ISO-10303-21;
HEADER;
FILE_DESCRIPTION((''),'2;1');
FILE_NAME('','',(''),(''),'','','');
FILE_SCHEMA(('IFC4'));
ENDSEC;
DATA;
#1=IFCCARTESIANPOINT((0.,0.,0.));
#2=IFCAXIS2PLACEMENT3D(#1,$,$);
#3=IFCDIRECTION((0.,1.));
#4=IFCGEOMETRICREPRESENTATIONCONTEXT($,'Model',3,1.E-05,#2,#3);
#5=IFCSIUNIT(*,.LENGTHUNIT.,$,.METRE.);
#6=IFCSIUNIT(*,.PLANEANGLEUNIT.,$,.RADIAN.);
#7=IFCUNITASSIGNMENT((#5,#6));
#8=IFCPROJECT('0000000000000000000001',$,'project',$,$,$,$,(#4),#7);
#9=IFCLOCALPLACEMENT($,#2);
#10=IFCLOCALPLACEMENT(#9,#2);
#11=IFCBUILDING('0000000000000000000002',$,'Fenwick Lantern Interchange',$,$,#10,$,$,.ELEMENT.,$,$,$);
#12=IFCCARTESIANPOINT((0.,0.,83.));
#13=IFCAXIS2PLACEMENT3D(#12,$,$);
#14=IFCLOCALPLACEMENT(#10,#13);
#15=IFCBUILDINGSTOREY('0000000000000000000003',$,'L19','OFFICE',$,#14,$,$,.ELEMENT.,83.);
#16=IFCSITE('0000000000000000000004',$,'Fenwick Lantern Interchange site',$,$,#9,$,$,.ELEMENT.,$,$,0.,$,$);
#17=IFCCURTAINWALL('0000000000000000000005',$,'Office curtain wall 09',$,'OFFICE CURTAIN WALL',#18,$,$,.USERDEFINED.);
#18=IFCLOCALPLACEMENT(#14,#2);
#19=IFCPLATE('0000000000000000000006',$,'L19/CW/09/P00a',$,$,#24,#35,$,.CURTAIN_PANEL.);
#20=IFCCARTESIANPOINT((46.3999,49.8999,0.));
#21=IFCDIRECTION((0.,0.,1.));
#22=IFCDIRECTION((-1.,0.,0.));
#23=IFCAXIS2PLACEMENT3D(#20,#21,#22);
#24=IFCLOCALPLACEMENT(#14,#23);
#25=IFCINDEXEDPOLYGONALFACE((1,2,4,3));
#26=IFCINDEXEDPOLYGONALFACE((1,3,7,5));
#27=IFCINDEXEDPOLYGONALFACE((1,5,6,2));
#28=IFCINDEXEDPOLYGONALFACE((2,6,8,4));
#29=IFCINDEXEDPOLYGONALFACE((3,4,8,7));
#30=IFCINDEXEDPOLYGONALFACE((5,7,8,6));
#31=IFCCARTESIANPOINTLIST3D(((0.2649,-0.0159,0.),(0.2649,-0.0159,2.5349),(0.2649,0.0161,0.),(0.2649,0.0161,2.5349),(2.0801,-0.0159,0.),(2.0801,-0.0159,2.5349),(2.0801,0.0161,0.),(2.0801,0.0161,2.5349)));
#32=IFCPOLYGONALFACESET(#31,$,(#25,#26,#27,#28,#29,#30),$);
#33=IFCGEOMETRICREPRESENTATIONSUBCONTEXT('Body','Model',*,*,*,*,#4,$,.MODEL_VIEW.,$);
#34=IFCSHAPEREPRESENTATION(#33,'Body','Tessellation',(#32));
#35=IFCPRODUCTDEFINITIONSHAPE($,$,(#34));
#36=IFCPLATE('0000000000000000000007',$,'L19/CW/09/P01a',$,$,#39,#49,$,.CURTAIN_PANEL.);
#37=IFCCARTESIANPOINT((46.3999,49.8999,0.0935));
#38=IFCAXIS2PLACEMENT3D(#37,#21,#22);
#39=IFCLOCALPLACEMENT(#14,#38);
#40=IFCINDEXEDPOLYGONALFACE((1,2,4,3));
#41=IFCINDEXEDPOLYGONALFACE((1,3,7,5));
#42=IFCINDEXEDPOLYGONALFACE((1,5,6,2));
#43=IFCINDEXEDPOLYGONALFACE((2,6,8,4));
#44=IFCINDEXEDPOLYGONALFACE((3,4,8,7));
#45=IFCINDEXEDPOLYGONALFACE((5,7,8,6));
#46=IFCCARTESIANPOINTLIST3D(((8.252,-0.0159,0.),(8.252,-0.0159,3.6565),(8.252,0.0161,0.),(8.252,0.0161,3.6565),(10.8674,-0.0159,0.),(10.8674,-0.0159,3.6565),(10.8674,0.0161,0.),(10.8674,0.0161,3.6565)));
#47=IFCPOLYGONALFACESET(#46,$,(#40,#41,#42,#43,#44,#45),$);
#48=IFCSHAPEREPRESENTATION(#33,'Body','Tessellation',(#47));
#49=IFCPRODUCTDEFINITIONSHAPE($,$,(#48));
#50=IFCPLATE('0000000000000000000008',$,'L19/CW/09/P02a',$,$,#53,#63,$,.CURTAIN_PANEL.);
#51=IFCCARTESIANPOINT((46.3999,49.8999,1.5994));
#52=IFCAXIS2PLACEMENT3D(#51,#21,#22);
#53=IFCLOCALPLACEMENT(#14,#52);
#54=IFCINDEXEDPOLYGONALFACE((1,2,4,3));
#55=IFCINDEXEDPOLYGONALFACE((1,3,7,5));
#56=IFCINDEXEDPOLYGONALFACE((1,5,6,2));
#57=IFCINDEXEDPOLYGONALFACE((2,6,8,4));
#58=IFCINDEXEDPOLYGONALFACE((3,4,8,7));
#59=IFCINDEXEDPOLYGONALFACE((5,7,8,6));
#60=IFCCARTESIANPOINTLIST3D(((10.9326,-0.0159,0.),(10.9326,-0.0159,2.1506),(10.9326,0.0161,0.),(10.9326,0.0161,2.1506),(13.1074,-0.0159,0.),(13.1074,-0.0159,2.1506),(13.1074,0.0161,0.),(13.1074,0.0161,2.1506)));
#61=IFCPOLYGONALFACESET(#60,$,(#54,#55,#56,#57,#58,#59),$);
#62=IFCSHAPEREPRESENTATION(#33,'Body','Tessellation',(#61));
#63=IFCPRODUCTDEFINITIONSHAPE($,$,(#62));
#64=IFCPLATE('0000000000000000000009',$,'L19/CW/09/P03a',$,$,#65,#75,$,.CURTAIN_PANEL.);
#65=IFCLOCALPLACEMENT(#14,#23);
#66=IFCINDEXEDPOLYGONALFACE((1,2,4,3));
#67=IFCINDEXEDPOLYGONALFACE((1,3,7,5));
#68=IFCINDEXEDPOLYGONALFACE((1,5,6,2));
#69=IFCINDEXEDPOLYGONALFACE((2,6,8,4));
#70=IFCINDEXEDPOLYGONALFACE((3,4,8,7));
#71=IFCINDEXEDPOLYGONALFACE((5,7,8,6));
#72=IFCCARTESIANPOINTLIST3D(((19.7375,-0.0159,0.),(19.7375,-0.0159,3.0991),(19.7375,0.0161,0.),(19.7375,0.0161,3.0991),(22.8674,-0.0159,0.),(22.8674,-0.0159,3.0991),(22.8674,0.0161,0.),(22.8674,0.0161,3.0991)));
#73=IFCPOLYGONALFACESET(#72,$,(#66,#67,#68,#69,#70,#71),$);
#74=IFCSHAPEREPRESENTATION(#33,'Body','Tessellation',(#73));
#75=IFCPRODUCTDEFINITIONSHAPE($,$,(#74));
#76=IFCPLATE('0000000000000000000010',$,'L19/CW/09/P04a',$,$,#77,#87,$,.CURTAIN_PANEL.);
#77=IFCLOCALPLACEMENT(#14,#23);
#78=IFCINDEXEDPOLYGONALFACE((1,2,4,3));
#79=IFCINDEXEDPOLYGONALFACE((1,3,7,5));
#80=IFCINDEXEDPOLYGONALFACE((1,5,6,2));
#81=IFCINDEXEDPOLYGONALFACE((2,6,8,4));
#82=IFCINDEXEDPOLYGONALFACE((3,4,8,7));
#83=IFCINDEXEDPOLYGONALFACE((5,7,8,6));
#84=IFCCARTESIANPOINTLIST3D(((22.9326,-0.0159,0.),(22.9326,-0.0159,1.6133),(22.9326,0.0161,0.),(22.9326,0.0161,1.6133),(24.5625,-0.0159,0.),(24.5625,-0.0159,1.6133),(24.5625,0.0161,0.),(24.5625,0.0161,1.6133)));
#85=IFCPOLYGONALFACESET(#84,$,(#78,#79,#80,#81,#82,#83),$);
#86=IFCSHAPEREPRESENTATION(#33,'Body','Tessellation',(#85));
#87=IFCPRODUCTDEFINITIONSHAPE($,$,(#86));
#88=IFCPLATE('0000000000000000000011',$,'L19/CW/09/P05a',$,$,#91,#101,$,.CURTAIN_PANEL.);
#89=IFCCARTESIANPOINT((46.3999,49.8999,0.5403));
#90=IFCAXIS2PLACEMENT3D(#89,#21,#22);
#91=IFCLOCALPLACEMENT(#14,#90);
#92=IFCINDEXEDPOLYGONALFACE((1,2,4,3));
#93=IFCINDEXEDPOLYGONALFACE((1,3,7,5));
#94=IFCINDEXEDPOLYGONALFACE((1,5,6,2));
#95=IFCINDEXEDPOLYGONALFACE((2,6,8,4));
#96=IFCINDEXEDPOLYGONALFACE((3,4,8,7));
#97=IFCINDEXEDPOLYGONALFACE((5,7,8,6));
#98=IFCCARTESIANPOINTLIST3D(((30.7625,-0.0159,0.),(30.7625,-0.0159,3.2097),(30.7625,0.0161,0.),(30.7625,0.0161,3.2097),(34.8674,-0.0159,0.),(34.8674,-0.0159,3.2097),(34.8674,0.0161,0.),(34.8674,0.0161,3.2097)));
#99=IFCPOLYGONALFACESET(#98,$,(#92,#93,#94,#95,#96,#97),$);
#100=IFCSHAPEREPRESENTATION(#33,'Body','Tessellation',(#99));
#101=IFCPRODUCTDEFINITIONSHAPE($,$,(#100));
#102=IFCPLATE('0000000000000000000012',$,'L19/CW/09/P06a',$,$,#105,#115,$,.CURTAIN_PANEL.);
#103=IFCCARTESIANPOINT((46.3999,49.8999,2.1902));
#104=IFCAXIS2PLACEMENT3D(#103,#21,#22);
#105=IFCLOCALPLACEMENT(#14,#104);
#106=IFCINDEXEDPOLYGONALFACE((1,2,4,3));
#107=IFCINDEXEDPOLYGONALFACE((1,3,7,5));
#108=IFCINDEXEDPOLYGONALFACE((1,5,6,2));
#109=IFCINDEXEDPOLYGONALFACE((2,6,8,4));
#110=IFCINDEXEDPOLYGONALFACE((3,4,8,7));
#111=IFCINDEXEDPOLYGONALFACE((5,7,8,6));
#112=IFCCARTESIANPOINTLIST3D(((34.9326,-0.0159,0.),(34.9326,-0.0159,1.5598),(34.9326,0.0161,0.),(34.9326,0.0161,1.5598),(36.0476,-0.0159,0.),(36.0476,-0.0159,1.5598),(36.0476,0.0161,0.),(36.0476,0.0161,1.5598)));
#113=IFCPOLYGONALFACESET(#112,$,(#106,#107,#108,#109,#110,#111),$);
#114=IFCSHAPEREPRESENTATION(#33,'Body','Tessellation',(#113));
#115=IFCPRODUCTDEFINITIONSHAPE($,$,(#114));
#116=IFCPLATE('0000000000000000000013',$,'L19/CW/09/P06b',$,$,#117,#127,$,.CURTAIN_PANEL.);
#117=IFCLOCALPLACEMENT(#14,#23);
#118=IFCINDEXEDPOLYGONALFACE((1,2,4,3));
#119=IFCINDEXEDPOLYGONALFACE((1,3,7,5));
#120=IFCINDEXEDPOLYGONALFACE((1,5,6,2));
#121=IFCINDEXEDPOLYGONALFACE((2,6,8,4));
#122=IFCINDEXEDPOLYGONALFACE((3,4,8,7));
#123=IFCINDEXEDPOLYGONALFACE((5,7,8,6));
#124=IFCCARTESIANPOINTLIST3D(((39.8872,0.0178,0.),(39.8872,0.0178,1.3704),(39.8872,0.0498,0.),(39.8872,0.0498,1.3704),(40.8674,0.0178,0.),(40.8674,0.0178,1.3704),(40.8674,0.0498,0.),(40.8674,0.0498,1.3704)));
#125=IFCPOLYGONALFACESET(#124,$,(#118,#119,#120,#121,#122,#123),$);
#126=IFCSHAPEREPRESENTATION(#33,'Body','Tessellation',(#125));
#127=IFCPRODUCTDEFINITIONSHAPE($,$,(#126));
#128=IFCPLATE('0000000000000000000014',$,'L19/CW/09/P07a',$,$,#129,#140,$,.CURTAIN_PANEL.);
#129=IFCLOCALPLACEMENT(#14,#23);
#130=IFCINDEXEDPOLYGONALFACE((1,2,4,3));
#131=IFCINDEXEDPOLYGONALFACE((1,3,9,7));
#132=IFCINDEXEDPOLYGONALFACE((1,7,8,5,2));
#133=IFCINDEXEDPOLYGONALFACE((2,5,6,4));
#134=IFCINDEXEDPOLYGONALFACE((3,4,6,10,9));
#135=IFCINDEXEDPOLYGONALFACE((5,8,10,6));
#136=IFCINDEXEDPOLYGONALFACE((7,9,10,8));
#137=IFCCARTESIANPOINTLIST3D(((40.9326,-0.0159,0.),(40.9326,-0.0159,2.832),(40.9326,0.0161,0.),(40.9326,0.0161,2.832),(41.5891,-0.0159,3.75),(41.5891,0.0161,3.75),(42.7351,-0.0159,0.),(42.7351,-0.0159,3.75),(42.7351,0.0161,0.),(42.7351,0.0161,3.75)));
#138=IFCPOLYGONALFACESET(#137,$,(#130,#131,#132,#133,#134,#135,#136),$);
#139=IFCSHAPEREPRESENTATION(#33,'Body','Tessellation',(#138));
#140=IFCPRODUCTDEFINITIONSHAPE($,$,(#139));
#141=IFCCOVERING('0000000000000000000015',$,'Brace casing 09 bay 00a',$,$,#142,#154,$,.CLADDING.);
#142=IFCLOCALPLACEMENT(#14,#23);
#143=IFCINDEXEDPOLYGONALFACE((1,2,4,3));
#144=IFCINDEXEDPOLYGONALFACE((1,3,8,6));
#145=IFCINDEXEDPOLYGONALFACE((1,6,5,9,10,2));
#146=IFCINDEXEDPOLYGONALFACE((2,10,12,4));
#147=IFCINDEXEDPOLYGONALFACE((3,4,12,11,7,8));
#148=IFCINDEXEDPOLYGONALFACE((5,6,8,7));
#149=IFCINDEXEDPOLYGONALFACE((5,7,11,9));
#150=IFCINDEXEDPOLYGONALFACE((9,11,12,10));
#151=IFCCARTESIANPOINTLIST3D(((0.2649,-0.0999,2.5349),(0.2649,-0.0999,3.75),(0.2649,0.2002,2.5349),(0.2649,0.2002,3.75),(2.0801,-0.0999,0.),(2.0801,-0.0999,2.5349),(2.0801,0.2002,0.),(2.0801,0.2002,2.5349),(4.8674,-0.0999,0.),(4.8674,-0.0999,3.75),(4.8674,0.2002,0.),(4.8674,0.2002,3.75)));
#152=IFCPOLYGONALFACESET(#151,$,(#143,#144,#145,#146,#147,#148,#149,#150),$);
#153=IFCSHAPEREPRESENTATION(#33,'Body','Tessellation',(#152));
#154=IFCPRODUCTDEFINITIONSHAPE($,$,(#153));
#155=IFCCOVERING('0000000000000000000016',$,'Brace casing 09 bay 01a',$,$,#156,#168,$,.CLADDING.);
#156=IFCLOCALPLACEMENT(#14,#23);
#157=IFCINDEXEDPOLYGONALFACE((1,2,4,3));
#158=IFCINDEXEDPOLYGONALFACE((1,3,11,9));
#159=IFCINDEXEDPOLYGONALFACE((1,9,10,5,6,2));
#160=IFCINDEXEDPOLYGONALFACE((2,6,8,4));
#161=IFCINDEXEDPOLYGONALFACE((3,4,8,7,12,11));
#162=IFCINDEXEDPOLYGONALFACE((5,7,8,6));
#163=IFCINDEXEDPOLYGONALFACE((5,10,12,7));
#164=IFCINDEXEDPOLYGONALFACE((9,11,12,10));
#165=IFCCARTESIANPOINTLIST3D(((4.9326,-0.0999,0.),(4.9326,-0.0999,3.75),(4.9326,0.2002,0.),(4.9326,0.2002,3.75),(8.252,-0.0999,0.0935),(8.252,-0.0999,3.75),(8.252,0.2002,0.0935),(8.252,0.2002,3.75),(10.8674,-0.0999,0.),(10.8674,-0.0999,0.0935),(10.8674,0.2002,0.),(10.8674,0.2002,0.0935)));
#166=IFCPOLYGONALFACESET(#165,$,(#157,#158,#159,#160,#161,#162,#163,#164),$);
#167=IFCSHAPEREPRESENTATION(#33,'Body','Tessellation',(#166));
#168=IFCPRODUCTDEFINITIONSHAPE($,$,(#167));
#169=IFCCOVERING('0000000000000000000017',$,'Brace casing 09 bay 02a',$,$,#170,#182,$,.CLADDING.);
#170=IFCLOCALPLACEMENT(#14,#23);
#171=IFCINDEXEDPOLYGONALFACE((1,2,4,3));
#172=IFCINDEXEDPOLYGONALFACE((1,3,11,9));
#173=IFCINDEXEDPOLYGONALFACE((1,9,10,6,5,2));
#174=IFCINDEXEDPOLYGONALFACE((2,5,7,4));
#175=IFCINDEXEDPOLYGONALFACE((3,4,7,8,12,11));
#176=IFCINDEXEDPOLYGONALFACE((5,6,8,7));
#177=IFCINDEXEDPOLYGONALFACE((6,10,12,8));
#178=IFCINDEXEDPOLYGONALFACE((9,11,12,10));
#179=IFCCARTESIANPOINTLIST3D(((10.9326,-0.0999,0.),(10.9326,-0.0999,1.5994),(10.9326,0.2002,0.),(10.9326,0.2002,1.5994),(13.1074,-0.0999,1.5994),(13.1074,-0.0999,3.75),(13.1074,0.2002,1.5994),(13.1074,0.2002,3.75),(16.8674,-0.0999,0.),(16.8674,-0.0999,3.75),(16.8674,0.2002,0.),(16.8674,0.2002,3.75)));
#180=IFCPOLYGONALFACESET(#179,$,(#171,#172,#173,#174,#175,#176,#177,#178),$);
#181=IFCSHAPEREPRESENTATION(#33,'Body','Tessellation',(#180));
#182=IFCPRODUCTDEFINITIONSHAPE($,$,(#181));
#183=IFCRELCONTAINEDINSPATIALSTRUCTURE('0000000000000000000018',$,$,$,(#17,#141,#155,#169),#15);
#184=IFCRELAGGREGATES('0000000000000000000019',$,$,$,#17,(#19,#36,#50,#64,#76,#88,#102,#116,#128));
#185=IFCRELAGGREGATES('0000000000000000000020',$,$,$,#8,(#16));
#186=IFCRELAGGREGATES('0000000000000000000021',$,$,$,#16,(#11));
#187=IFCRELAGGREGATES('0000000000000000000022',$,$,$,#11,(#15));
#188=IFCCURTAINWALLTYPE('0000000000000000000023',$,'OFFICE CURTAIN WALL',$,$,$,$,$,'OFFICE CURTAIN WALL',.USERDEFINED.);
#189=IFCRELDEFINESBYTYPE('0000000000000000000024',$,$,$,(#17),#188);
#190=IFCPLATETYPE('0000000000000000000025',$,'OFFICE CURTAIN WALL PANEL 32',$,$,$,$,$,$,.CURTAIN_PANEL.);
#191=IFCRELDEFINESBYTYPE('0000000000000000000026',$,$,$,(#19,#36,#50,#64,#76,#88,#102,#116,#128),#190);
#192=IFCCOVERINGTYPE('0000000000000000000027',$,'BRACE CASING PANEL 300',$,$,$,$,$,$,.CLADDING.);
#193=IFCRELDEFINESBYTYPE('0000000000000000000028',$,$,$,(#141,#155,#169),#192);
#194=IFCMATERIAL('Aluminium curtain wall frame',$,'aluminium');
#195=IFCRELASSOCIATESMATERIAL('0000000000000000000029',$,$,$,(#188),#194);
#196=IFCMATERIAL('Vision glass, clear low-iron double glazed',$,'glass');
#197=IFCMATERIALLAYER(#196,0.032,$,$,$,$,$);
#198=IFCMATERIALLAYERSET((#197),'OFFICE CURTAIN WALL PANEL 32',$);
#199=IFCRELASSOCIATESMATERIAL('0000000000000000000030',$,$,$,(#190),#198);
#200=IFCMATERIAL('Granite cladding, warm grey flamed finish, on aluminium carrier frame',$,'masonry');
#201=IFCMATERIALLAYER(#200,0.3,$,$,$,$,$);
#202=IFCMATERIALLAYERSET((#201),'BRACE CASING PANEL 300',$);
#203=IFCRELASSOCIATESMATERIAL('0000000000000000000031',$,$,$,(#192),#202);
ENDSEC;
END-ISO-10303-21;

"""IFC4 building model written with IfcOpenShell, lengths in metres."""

from ifc_helpers import new_model, si_unit, direction, frame, origin, place, context, subcontext, project, spatial, polyline, outline, extrude, material, layer, layer_set, type_object, element, aggregate, save


model = new_model("IFC4")

# Units and contexts
model_context = context("Model", 3, precision=1e-05, world=origin(), true_north=direction((0.0, 1.0)))
body_context = subcontext(model_context, "Body", "Model", "MODEL_VIEW")
ifc_project = project(units=[si_unit("LENGTHUNIT", "METRE"), si_unit("PLANEANGLEUNIT", "RADIAN")], contexts=[model_context])

# Site, building, storey
site_placement = place(None, origin())
site = spatial("IfcSite", under=ifc_project, at=site_placement, Name="Fenwick Lantern Interchange site", CompositionType="ELEMENT", RefElevation=0.0)
building_placement = place(site_placement, origin())
building = spatial("IfcBuilding", under=site, at=building_placement, Name="Fenwick Lantern Interchange", CompositionType="ELEMENT")
storey_placement = place(building_placement, frame((0.0, 0.0, 83.0)))
storey = spatial("IfcBuildingStorey", under=building, at=storey_placement, Name="L19", Description="OFFICE", CompositionType="ELEMENT", Elevation=83.0)

# Shared definitions
ifc_material_1 = material(Name="Aluminium curtain wall frame", Category="aluminium")
curtain_wall_type = type_object("IfcCurtainWallType", Name="OFFICE CURTAIN WALL", ElementType="OFFICE CURTAIN WALL", PredefinedType="USERDEFINED", material=ifc_material_1)

# Curtain wall
curtain_wall_1_placement = place(storey_placement, origin())
curtain_wall_1 = element("IfcCurtainWall", 1, at=curtain_wall_1_placement, inside=storey, type_object=curtain_wall_type, Name="Office curtain wall 09", ObjectType="OFFICE CURTAIN WALL", PredefinedType="USERDEFINED")

# Plates
ifc_material_2 = material(Name="Vision glass, clear low-iron double glazed", Category="glass")
ifc_layer_1 = layer(ifc_material_2, 0.032)
ifc_layer_set_1 = layer_set([ifc_layer_1], Name="OFFICE CURTAIN WALL PANEL 32")
plate_type = type_object("IfcPlateType", Name="OFFICE CURTAIN WALL PANEL 32", PredefinedType="CURTAIN_PANEL", material=ifc_layer_set_1)
plate_1_placement = place(storey_placement, frame((46.3999, 49.8999, 0.0), z_axis=(0.0, 0.0, 1.0), x_axis=(-1.0, 0.0, 0.0)))
plate_1 = element("IfcPlate", 2, at=plate_1_placement, type_object=plate_type, Name="L19/CW/09/P00a", PredefinedType="CURTAIN_PANEL", context=body_context, shape_type="SweptSolid", body=[
    extrude(outline(polyline([(0.2649, 0.0), (2.0801, 0.0), (2.0801, 2.5349), (0.2649, 2.5349), (0.2649, 0.0)])), frame((0.0, 0.0161, 0.0), z_axis=(0.0, -1.0, 0.0), x_axis=(1.0, 0.0, 0.0)), (0.0, 0.0, 1.0), 0.032),
])
plate_2_placement = place(storey_placement, frame((46.3999, 49.8999, 0.0935), z_axis=(0.0, 0.0, 1.0), x_axis=(-1.0, 0.0, 0.0)))
plate_2 = element("IfcPlate", 3, at=plate_2_placement, type_object=plate_type, Name="L19/CW/09/P01a", PredefinedType="CURTAIN_PANEL", context=body_context, shape_type="SweptSolid", body=[
    extrude(outline(polyline([(8.252, 0.0), (10.8674, 0.0), (10.8674, 3.6565), (8.252, 3.6565), (8.252, 0.0)])), frame((0.0, 0.0161, 0.0), z_axis=(0.0, -1.0, 0.0), x_axis=(1.0, 0.0, 0.0)), (0.0, 0.0, 1.0), 0.032),
])
plate_3_placement = place(storey_placement, frame((46.3999, 49.8999, 1.5994), z_axis=(0.0, 0.0, 1.0), x_axis=(-1.0, 0.0, 0.0)))
plate_3 = element("IfcPlate", 4, at=plate_3_placement, type_object=plate_type, Name="L19/CW/09/P02a", PredefinedType="CURTAIN_PANEL", context=body_context, shape_type="SweptSolid", body=[
    extrude(outline(polyline([(10.9326, 0.0), (13.1074, 0.0), (13.1074, 2.1506), (10.9326, 2.1506), (10.9326, 0.0)])), frame((0.0, 0.0161, 0.0), z_axis=(0.0, -1.0, 0.0), x_axis=(1.0, 0.0, 0.0)), (0.0, 0.0, 1.0), 0.032),
])
plate_4_placement = place(storey_placement, frame((46.3999, 49.8999, 0.0), z_axis=(0.0, 0.0, 1.0), x_axis=(-1.0, 0.0, 0.0)))
plate_4 = element("IfcPlate", 5, at=plate_4_placement, type_object=plate_type, Name="L19/CW/09/P03a", PredefinedType="CURTAIN_PANEL", context=body_context, shape_type="SweptSolid", body=[
    extrude(outline(polyline([(19.7375, 0.0), (22.8674, 0.0), (22.8674, 3.0991), (19.7375, 3.0991), (19.7375, 0.0)])), frame((0.0, 0.0161, 0.0), z_axis=(0.0, -1.0, 0.0), x_axis=(1.0, 0.0, 0.0)), (0.0, 0.0, 1.0), 0.032),
])
plate_5_placement = place(storey_placement, frame((46.3999, 49.8999, 0.0), z_axis=(0.0, 0.0, 1.0), x_axis=(-1.0, 0.0, 0.0)))
plate_5 = element("IfcPlate", 6, at=plate_5_placement, type_object=plate_type, Name="L19/CW/09/P04a", PredefinedType="CURTAIN_PANEL", context=body_context, shape_type="SweptSolid", body=[
    extrude(outline(polyline([(22.9326, 0.0), (24.5625, 0.0), (24.5625, 1.6133), (22.9326, 1.6133), (22.9326, 0.0)])), frame((0.0, 0.0161, 0.0), z_axis=(0.0, -1.0, 0.0), x_axis=(1.0, 0.0, 0.0)), (0.0, 0.0, 1.0), 0.032),
])
plate_6_placement = place(storey_placement, frame((46.3999, 49.8999, 0.5403), z_axis=(0.0, 0.0, 1.0), x_axis=(-1.0, 0.0, 0.0)))
plate_6 = element("IfcPlate", 7, at=plate_6_placement, type_object=plate_type, Name="L19/CW/09/P05a", PredefinedType="CURTAIN_PANEL", context=body_context, shape_type="SweptSolid", body=[
    extrude(outline(polyline([(30.7625, 0.0), (34.8674, 0.0), (34.8674, 3.2097), (30.7625, 3.2097), (30.7625, 0.0)])), frame((0.0, 0.0161, 0.0), z_axis=(0.0, -1.0, 0.0), x_axis=(1.0, 0.0, 0.0)), (0.0, 0.0, 1.0), 0.032),
])
plate_7_placement = place(storey_placement, frame((46.3999, 49.8999, 2.1902), z_axis=(0.0, 0.0, 1.0), x_axis=(-1.0, 0.0, 0.0)))
plate_7 = element("IfcPlate", 8, at=plate_7_placement, type_object=plate_type, Name="L19/CW/09/P06a", PredefinedType="CURTAIN_PANEL", context=body_context, shape_type="SweptSolid", body=[
    extrude(outline(polyline([(34.9326, 0.0), (36.0476, 0.0), (36.0476, 1.5598), (34.9326, 1.5598), (34.9326, 0.0)])), frame((0.0, 0.0161, 0.0), z_axis=(0.0, -1.0, 0.0), x_axis=(1.0, 0.0, 0.0)), (0.0, 0.0, 1.0), 0.032),
])
plate_8_placement = place(storey_placement, frame((46.3999, 49.8999, 0.0), z_axis=(0.0, 0.0, 1.0), x_axis=(-1.0, 0.0, 0.0)))
plate_8 = element("IfcPlate", 9, at=plate_8_placement, type_object=plate_type, Name="L19/CW/09/P06b", PredefinedType="CURTAIN_PANEL", context=body_context, shape_type="SweptSolid", body=[
    extrude(outline(polyline([(39.8872, 0.0), (40.8674, 0.0), (40.8674, 1.3704), (39.8872, 1.3704), (39.8872, 0.0)])), frame((0.0, 0.0498, 0.0), z_axis=(0.0, -1.0, 0.0), x_axis=(1.0, 0.0, 0.0)), (0.0, 0.0, 1.0), 0.032),
])
plate_9_placement = place(storey_placement, frame((46.3999, 49.8999, 0.0), z_axis=(0.0, 0.0, 1.0), x_axis=(-1.0, 0.0, 0.0)))
plate_9 = element("IfcPlate", 10, at=plate_9_placement, type_object=plate_type, Name="L19/CW/09/P07a", PredefinedType="CURTAIN_PANEL", context=body_context, shape_type="SweptSolid", body=[
    extrude(outline(polyline([(40.9326, 0.0), (42.7351, 0.0), (42.7351, 3.75), (41.5891, 3.75), (40.9326, 2.832), (40.9326, 0.0)])), frame((0.0, 0.0161, 0.0), z_axis=(0.0, -1.0, 0.0), x_axis=(1.0, 0.0, 0.0)), (0.0, 0.0, 1.0), 0.032),
])
aggregate(curtain_wall_1, [plate_1, plate_2, plate_3, plate_4, plate_5, plate_6, plate_7, plate_8, plate_9])

# Coverings
ifc_material_3 = material(Name="Granite cladding, warm grey flamed finish, on aluminium carrier frame", Category="masonry")
ifc_layer_2 = layer(ifc_material_3, 0.3)
ifc_layer_set_2 = layer_set([ifc_layer_2], Name="BRACE CASING PANEL 300")
covering_type = type_object("IfcCoveringType", Name="BRACE CASING PANEL 300", PredefinedType="CLADDING", material=ifc_layer_set_2)
covering_1_placement = place(storey_placement, frame((46.3999, 49.8999, 0.0), z_axis=(0.0, 0.0, 1.0), x_axis=(-1.0, 0.0, 0.0)))
element("IfcCovering", 11, at=covering_1_placement, inside=storey, type_object=covering_type, Name="Brace casing 09 bay 00a", PredefinedType="CLADDING", context=body_context, shape_type="SweptSolid", body=[
    extrude(outline(polyline([(2.0801, 0.0), (4.8674, 0.0), (4.8674, 3.75), (0.2649, 3.75), (0.2649, 2.5349), (2.0801, 2.5349), (2.0801, 0.0)])), frame((0.0, 0.2002, 0.0), z_axis=(0.0, -1.0, 0.0), x_axis=(1.0, 0.0, 0.0)), (0.0, 0.0, 1.0), 0.3),
])
covering_2_placement = place(storey_placement, frame((46.3999, 49.8999, 0.0), z_axis=(0.0, 0.0, 1.0), x_axis=(-1.0, 0.0, 0.0)))
element("IfcCovering", 12, at=covering_2_placement, inside=storey, type_object=covering_type, Name="Brace casing 09 bay 01a", PredefinedType="CLADDING", context=body_context, shape_type="SweptSolid", body=[
    extrude(outline(polyline([(4.9326, 0.0), (10.8674, 0.0), (10.8674, 0.0935), (8.252, 0.0935), (8.252, 3.75), (4.9326, 3.75), (4.9326, 0.0)])), frame((0.0, 0.2002, 0.0), z_axis=(0.0, -1.0, 0.0), x_axis=(1.0, 0.0, 0.0)), (0.0, 0.0, 1.0), 0.3),
])
covering_3_placement = place(storey_placement, frame((46.3999, 49.8999, 0.0), z_axis=(0.0, 0.0, 1.0), x_axis=(-1.0, 0.0, 0.0)))
element("IfcCovering", 13, at=covering_3_placement, inside=storey, type_object=covering_type, Name="Brace casing 09 bay 02a", PredefinedType="CLADDING", context=body_context, shape_type="SweptSolid", body=[
    extrude(outline(polyline([(10.9326, 0.0), (16.8674, 0.0), (16.8674, 3.75), (13.1074, 3.75), (13.1074, 1.5994), (10.9326, 1.5994), (10.9326, 0.0)])), frame((0.0, 0.2002, 0.0), z_axis=(0.0, -1.0, 0.0), x_axis=(1.0, 0.0, 0.0)), (0.0, 0.0, 1.0), 0.3),
])

save(model, "model.ifc")
